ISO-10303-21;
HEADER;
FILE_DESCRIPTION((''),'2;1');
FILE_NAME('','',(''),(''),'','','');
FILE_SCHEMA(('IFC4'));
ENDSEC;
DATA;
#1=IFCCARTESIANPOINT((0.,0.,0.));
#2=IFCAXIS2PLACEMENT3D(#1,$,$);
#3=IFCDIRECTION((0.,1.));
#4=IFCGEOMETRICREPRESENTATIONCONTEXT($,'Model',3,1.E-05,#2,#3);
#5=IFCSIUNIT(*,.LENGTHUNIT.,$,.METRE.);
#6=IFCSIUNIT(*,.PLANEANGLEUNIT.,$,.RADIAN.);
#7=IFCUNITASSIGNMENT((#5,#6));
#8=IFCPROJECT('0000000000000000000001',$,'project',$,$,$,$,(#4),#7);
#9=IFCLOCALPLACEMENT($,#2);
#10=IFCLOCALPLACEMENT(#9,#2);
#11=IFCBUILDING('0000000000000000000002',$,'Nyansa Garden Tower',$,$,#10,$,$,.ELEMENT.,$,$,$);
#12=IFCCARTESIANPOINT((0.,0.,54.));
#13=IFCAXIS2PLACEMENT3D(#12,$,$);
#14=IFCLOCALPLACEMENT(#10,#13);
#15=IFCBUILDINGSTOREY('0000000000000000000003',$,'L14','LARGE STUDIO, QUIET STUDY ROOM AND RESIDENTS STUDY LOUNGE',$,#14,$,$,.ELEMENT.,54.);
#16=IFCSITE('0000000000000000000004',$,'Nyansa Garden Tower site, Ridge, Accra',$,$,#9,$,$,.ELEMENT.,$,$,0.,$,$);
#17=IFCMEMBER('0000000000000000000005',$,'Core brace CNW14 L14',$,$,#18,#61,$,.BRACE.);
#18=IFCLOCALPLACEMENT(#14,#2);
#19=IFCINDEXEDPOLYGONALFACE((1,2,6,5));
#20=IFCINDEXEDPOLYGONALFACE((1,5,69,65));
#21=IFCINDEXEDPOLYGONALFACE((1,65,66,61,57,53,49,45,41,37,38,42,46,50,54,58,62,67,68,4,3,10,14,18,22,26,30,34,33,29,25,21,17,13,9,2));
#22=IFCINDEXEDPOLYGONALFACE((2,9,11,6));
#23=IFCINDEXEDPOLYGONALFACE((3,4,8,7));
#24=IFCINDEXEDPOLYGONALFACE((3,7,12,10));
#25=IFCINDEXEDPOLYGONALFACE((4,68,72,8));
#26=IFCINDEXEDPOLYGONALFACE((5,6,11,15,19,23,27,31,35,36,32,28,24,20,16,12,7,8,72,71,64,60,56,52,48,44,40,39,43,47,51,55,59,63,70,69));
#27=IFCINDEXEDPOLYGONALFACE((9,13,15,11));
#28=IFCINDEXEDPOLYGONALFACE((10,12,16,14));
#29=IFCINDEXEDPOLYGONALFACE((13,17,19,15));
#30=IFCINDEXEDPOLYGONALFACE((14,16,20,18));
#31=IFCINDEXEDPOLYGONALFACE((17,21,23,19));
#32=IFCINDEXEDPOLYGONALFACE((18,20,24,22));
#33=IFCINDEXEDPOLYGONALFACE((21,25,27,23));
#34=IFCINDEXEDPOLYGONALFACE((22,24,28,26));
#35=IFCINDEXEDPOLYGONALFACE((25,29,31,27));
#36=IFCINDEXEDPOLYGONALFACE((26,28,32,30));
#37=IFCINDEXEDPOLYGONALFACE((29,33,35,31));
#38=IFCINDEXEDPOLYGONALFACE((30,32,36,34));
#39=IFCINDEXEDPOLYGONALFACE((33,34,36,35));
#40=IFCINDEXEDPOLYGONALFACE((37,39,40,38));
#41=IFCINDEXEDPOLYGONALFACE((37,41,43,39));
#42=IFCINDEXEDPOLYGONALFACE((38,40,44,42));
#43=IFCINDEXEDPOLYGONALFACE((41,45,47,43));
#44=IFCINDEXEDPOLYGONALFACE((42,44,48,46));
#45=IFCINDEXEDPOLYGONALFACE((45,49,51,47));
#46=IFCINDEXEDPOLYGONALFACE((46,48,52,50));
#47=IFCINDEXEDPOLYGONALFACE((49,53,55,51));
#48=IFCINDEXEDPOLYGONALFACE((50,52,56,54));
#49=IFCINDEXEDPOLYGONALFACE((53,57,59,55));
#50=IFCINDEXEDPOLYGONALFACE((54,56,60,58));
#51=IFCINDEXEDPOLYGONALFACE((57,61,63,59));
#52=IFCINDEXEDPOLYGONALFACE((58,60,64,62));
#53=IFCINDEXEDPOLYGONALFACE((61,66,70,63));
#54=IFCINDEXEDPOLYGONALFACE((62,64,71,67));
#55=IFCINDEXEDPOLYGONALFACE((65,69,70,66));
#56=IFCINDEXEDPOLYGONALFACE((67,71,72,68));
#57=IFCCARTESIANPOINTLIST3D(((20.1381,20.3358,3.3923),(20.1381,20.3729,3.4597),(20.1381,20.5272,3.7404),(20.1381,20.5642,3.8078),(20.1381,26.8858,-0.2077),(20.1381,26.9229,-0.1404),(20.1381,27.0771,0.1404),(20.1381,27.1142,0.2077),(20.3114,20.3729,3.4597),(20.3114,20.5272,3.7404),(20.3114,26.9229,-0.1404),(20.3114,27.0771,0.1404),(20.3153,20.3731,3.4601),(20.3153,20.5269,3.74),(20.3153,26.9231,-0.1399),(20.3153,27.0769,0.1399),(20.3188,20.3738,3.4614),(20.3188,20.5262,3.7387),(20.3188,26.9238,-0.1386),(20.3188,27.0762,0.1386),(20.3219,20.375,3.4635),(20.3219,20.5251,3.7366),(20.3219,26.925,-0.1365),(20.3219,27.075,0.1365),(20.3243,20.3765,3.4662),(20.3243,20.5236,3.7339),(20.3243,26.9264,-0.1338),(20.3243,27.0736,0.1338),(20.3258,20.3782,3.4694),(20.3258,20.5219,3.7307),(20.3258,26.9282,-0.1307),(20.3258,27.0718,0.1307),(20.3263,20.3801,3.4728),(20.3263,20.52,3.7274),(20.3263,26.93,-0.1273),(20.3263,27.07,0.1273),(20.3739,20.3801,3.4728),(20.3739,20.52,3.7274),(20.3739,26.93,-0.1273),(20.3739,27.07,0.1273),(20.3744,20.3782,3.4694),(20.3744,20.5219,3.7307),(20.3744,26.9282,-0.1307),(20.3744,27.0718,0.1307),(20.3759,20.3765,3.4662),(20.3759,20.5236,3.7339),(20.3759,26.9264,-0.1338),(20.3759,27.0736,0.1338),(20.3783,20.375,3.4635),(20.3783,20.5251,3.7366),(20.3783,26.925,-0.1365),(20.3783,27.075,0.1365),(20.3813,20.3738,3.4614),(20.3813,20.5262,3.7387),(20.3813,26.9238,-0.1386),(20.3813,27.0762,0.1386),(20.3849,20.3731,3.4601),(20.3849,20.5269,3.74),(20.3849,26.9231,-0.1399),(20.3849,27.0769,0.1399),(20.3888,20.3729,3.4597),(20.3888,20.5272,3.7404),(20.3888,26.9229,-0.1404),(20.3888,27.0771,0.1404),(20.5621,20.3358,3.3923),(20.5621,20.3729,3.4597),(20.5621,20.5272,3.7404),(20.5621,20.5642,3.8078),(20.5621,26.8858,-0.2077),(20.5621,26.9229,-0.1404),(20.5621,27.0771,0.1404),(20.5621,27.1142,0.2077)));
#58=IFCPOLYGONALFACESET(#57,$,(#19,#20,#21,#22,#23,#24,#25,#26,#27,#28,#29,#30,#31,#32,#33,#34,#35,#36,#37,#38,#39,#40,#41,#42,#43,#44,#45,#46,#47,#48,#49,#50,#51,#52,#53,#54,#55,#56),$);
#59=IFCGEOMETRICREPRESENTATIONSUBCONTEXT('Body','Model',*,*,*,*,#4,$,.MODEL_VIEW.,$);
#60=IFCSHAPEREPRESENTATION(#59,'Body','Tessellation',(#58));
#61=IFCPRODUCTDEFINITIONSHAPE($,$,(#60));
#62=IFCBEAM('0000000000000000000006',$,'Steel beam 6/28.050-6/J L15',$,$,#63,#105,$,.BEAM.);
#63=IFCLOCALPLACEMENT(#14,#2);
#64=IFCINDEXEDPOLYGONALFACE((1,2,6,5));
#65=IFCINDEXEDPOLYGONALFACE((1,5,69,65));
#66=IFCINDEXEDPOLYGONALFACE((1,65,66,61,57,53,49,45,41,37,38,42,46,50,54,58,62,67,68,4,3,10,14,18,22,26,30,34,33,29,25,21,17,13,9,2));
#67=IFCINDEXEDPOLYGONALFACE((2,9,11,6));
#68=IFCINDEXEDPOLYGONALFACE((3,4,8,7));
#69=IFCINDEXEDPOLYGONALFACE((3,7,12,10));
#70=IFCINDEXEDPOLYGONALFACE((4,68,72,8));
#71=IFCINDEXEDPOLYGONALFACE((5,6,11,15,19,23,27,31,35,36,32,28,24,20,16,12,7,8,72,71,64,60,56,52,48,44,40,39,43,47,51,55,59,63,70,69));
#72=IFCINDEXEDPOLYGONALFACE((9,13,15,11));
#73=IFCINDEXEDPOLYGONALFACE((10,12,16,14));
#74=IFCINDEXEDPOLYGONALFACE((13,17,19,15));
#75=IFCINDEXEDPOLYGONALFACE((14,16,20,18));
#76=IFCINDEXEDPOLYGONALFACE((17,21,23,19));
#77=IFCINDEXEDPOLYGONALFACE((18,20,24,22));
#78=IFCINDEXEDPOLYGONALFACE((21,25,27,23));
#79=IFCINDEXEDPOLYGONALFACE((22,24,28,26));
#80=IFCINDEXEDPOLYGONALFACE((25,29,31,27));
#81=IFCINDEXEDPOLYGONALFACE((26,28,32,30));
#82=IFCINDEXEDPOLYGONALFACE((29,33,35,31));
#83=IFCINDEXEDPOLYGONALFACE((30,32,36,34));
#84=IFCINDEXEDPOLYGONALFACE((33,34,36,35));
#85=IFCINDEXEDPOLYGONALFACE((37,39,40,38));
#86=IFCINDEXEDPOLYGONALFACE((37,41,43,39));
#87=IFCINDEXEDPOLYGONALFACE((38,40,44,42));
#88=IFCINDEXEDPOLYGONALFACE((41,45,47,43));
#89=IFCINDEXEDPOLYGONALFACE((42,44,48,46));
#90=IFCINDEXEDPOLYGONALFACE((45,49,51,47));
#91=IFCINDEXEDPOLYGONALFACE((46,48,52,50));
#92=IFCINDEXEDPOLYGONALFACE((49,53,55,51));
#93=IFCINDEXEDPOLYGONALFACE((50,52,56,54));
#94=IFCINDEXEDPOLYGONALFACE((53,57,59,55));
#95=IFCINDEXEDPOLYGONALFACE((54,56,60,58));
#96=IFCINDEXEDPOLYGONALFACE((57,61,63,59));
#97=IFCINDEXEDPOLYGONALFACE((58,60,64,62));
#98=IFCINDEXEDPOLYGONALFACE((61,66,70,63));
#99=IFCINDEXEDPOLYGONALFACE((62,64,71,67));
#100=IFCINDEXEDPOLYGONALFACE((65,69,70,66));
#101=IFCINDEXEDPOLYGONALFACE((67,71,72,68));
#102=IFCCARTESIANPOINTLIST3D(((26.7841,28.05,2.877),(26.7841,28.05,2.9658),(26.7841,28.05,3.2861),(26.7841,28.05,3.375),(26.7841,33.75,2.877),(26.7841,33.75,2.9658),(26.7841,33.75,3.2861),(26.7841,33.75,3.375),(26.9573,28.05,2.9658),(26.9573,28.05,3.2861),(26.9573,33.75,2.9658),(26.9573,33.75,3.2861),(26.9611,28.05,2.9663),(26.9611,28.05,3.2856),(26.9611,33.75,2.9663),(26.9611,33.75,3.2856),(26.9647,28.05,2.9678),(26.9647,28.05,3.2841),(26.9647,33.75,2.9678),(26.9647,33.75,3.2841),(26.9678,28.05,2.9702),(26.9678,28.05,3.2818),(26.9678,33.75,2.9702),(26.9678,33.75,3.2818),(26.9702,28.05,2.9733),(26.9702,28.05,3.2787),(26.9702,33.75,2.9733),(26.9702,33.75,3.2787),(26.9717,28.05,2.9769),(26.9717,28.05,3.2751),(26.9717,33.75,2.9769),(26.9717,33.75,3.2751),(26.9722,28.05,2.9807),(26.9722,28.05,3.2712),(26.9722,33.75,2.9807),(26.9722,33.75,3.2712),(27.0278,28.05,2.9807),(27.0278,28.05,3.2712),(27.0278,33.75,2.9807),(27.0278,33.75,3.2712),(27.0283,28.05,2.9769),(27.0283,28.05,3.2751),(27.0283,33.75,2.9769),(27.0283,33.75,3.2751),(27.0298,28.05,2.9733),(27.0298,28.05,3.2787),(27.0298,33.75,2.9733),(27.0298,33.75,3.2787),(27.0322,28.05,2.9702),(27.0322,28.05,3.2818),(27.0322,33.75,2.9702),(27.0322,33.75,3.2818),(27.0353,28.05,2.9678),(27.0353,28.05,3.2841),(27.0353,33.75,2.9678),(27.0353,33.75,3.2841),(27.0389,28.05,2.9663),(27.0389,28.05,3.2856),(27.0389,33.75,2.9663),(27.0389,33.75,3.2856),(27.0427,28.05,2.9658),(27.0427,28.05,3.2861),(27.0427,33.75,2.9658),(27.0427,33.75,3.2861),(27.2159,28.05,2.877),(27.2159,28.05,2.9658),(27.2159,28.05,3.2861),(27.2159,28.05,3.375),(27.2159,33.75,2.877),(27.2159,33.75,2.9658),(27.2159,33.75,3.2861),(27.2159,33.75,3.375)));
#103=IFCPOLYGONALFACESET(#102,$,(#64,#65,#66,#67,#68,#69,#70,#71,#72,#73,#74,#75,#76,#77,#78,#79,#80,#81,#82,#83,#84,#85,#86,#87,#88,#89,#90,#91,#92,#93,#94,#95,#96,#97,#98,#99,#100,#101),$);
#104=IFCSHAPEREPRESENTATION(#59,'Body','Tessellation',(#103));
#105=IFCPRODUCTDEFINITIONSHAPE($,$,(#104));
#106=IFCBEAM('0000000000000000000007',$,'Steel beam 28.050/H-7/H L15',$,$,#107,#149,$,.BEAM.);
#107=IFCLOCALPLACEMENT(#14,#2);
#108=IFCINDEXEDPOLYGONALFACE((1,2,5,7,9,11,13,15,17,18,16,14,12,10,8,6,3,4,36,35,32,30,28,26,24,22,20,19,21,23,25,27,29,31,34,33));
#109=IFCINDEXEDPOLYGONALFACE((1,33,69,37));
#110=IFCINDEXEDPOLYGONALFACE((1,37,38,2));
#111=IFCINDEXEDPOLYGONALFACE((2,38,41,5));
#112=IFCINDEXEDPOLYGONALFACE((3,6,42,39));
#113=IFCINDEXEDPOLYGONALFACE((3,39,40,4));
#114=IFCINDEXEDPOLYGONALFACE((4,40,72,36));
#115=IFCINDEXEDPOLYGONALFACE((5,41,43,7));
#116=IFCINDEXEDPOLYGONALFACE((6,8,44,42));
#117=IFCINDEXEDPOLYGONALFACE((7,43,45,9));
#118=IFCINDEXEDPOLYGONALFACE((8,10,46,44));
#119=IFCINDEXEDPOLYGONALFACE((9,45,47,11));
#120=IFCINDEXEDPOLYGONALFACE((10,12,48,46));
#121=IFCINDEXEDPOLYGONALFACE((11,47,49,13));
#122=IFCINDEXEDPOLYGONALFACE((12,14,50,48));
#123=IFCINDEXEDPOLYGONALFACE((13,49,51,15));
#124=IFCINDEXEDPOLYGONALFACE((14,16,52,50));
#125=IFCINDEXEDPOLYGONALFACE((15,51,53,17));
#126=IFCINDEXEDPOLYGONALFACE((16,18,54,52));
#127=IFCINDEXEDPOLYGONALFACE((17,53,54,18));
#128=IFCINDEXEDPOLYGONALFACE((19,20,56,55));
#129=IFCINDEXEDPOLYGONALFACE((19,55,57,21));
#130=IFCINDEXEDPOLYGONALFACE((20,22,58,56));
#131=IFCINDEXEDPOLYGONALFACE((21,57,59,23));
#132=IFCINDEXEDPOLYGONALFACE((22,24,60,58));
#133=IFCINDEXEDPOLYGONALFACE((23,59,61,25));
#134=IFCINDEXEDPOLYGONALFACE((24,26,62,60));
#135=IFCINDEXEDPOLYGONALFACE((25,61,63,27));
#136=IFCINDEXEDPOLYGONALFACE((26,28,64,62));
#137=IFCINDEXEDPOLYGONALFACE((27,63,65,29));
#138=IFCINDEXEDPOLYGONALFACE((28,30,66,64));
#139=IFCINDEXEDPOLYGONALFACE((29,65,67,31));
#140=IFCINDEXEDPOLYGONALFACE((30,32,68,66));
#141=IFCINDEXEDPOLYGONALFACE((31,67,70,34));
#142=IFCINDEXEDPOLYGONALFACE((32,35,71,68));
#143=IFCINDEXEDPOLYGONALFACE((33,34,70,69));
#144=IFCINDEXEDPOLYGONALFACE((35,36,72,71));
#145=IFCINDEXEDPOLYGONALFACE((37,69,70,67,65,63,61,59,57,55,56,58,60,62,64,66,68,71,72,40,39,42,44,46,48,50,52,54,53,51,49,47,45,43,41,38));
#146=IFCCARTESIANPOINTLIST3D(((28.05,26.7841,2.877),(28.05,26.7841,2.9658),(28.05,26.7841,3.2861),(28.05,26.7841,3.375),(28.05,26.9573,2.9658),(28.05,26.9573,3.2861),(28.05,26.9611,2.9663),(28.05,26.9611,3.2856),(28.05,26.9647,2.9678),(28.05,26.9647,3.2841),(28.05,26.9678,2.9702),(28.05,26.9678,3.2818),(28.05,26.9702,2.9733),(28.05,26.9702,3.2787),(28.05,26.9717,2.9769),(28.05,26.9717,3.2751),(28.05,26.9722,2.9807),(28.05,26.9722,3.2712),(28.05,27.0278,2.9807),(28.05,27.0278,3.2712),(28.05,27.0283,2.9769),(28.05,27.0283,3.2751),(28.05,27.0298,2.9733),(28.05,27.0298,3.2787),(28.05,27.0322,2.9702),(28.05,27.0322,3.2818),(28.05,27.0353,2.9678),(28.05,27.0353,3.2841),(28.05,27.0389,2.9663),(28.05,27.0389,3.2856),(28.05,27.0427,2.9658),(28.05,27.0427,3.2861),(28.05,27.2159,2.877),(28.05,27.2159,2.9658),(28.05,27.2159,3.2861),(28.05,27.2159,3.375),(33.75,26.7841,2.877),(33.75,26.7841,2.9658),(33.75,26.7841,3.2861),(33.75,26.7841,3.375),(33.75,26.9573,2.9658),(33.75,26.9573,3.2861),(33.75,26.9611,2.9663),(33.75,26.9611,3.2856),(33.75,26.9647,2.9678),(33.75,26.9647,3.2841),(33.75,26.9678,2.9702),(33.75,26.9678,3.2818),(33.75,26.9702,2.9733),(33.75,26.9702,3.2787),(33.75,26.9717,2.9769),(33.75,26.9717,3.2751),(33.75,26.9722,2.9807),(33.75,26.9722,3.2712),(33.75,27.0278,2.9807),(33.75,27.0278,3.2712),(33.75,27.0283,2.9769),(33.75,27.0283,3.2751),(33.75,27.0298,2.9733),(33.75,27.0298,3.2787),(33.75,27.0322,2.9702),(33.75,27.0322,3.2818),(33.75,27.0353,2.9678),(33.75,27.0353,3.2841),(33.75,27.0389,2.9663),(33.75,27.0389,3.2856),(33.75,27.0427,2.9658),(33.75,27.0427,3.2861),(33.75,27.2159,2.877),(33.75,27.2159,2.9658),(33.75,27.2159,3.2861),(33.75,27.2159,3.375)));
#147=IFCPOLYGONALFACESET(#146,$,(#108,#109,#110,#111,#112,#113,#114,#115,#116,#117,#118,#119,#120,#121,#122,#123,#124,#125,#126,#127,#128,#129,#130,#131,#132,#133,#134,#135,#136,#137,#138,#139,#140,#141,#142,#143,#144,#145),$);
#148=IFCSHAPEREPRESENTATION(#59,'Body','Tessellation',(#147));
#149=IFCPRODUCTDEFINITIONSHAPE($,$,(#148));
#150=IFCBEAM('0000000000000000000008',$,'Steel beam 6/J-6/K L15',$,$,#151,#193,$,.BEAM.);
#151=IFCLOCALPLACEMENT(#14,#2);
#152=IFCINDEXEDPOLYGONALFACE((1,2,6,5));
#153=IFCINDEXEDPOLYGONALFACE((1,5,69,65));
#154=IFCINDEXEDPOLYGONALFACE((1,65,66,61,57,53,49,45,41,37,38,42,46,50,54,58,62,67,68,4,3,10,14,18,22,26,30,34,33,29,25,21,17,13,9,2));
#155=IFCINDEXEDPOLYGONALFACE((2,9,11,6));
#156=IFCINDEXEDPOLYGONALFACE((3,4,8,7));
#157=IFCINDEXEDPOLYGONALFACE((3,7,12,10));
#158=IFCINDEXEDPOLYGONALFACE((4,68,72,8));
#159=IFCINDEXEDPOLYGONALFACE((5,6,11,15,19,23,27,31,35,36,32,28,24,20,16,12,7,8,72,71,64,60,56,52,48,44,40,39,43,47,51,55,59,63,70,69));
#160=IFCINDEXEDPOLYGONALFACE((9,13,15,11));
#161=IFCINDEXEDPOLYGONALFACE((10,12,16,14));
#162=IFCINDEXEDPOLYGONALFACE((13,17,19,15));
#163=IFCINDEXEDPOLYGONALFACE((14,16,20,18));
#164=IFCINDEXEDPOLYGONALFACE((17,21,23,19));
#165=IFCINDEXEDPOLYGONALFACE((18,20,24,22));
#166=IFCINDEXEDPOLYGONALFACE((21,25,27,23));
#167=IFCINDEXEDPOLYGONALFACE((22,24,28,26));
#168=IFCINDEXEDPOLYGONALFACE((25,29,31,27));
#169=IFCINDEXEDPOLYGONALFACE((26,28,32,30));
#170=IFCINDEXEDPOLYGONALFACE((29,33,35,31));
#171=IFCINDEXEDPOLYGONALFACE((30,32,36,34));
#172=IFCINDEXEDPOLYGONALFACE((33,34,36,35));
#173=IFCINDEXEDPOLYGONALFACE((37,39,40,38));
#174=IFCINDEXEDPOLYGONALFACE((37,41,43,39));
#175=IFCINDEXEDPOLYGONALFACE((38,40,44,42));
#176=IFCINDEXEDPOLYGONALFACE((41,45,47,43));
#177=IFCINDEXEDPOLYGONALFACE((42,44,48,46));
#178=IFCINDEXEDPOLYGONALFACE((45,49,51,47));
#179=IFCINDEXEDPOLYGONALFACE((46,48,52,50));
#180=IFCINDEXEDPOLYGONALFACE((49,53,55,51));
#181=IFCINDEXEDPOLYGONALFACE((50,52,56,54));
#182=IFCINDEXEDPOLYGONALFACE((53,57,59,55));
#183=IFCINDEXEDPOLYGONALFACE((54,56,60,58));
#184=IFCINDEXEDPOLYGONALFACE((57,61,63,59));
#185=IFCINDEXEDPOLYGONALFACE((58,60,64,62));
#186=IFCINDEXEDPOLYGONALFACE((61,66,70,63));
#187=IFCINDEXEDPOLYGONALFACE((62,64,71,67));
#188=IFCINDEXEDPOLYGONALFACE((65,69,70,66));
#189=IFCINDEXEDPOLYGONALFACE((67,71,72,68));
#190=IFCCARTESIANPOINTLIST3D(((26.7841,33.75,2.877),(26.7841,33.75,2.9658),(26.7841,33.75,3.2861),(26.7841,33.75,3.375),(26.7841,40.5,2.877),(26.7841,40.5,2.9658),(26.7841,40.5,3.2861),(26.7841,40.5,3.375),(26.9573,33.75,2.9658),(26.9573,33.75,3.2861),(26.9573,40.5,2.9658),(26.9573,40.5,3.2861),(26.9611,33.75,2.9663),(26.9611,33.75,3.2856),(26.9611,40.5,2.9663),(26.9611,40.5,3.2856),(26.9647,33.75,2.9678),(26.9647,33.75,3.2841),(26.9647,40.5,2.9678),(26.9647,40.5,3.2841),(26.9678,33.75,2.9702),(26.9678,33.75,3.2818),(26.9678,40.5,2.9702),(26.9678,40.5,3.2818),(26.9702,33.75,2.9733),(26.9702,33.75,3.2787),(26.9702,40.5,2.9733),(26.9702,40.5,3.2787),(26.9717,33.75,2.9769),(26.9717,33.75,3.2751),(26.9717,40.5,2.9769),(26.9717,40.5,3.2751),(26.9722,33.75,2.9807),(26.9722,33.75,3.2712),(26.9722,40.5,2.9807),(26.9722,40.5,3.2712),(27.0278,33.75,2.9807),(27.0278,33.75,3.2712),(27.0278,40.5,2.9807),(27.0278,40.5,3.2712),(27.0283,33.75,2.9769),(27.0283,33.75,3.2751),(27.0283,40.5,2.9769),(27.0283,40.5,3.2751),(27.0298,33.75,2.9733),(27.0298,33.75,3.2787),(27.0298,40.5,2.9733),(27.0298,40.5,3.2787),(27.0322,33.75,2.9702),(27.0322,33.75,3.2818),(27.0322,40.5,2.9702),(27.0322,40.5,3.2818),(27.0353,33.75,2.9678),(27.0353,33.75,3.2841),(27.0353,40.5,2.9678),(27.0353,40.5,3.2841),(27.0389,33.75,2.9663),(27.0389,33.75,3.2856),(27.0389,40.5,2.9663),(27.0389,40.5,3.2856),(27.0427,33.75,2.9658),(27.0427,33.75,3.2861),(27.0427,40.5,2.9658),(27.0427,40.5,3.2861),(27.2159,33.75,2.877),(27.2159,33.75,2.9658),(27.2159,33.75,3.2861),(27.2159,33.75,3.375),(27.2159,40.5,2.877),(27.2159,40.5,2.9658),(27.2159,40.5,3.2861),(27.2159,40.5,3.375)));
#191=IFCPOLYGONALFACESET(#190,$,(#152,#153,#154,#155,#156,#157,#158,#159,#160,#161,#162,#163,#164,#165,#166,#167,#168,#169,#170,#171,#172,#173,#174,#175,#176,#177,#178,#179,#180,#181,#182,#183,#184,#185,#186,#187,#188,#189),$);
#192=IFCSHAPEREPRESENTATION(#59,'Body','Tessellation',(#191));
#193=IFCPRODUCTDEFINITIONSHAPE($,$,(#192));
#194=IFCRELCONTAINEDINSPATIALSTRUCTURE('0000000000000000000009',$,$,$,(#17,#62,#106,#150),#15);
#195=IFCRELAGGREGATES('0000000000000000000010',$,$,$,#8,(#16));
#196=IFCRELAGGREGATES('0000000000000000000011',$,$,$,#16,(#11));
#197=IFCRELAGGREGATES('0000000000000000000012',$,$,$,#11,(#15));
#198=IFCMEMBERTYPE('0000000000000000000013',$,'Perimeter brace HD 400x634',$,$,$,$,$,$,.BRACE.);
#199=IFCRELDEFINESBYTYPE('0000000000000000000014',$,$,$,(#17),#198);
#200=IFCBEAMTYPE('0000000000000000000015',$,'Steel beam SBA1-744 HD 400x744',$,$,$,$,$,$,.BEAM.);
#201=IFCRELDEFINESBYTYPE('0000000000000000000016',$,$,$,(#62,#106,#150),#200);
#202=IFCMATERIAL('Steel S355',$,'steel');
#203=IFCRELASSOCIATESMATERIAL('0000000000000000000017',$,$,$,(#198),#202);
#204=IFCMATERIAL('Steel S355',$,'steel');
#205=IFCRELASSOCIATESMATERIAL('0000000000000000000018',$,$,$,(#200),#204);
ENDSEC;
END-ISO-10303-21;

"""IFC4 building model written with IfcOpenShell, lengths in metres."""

from ifc_helpers import new_model, si_unit, direction, frame, origin, origin_2d, place, context, subcontext, project, spatial, i_section, extrude, material, material_profile, profile_set, type_object, element, save


model = new_model("IFC4")

# Units and contexts
model_context = context("Model", 3, precision=1e-05, world=origin(), true_north=direction((0.0, 1.0)))
body_context = subcontext(model_context, "Body", "Model", "MODEL_VIEW")
ifc_project = project(units=[si_unit("LENGTHUNIT", "METRE"), si_unit("PLANEANGLEUNIT", "RADIAN")], contexts=[model_context])

# Site, building, storey
site_placement = place(None, origin())
site = spatial("IfcSite", under=ifc_project, at=site_placement, Name="Nyansa Garden Tower site, Ridge, Accra", CompositionType="ELEMENT", RefElevation=0.0)
building_placement = place(site_placement, origin())
building = spatial("IfcBuilding", under=site, at=building_placement, Name="Nyansa Garden Tower", CompositionType="ELEMENT")
storey_placement = place(building_placement, frame((0.0, 0.0, 54.0)))
storey = spatial("IfcBuildingStorey", under=building, at=storey_placement, Name="L14", Description="LARGE STUDIO, QUIET STUDY ROOM AND RESIDENTS STUDY LOUNGE", CompositionType="ELEMENT", Elevation=54.0)

# Member
ifc_material_1 = material(Name="Steel S355", Category="steel")
ifc_material_profile_1 = material_profile(ifc_material_1, i_section(OverallWidth=0.4241, OverallDepth=0.4741, WebThickness=0.0476, FlangeThickness=0.0769, FilletRadius=0.0149, at=origin_2d()), Name="HD 400x634")
ifc_profile_set_1 = profile_set([ifc_material_profile_1], Name="Steel S355")
member_type = type_object("IfcMemberType", Name="Perimeter brace HD 400x634", PredefinedType="BRACE", material=ifc_profile_set_1)
for number, where, z_axis, x_axis, name in (
    (1, (20.3501, 27.0, 0.0), (0.0, -0.876353, 0.481669), (1.0, 0.0, 0.0), "Core brace CNW14 L14"),
):
    element("IfcMember", number, at=place(storey_placement, frame(where, z_axis=z_axis, x_axis=x_axis)), inside=storey, type_object=member_type, Name=name, PredefinedType="BRACE", context=body_context, shape_type="SweptSolid", body=[
        extrude(i_section(OverallWidth=0.4241, OverallDepth=0.4741, WebThickness=0.0476, FlangeThickness=0.0769, FilletRadius=0.0149, at=origin_2d()), origin(), (0.0, 0.0, 1.0), 7.4741),
    ])

# Beams
ifc_material_2 = material(Name="Steel S355", Category="steel")
ifc_material_profile_2 = material_profile(ifc_material_2, i_section(OverallWidth=0.4319, OverallDepth=0.498, WebThickness=0.0557, FlangeThickness=0.0889, FilletRadius=0.0149, at=origin_2d()), Name="HD 400x744")
ifc_profile_set_2 = profile_set([ifc_material_profile_2], Name="Steel S355")
beam_type_1 = type_object("IfcBeamType", Name="Steel beam SBA1-744 HD 400x744", PredefinedType="BEAM", material=ifc_profile_set_2)
for number, where, z_axis, x_axis, name in (
    (2, (27.0, 28.05, 3.126), (0.0, 1.0, 0.0), (-1.0, 0.0, 0.0), "Steel beam 6/28.050-6/J L15"),
    (3, (28.05, 27.0, 3.126), (1.0, 0.0, 0.0), (0.0, 1.0, 0.0), "Steel beam 28.050/H-7/H L15"),
):
    element("IfcBeam", number, at=place(storey_placement, frame(where, z_axis=z_axis, x_axis=x_axis)), inside=storey, type_object=beam_type_1, Name=name, PredefinedType="BEAM", context=body_context, shape_type="SweptSolid", body=[
        extrude(i_section(OverallWidth=0.4319, OverallDepth=0.498, WebThickness=0.0557, FlangeThickness=0.0889, FilletRadius=0.0149, at=origin_2d()), origin(), (0.0, 0.0, 1.0), 5.7),
    ])
beam_1_placement = place(storey_placement, frame((27.0, 33.75, 3.126), z_axis=(0.0, 1.0, 0.0), x_axis=(-1.0, 0.0, 0.0)))
element("IfcBeam", 4, at=beam_1_placement, inside=storey, type_object=beam_type_1, Name="Steel beam 6/J-6/K L15", PredefinedType="BEAM", context=body_context, shape_type="SweptSolid", body=[
    extrude(i_section(OverallWidth=0.4319, OverallDepth=0.498, WebThickness=0.0557, FlangeThickness=0.0889, FilletRadius=0.0149, at=origin_2d()), origin(), (0.0, 0.0, 1.0), 6.75),
])

save(model, "model.ifc")
